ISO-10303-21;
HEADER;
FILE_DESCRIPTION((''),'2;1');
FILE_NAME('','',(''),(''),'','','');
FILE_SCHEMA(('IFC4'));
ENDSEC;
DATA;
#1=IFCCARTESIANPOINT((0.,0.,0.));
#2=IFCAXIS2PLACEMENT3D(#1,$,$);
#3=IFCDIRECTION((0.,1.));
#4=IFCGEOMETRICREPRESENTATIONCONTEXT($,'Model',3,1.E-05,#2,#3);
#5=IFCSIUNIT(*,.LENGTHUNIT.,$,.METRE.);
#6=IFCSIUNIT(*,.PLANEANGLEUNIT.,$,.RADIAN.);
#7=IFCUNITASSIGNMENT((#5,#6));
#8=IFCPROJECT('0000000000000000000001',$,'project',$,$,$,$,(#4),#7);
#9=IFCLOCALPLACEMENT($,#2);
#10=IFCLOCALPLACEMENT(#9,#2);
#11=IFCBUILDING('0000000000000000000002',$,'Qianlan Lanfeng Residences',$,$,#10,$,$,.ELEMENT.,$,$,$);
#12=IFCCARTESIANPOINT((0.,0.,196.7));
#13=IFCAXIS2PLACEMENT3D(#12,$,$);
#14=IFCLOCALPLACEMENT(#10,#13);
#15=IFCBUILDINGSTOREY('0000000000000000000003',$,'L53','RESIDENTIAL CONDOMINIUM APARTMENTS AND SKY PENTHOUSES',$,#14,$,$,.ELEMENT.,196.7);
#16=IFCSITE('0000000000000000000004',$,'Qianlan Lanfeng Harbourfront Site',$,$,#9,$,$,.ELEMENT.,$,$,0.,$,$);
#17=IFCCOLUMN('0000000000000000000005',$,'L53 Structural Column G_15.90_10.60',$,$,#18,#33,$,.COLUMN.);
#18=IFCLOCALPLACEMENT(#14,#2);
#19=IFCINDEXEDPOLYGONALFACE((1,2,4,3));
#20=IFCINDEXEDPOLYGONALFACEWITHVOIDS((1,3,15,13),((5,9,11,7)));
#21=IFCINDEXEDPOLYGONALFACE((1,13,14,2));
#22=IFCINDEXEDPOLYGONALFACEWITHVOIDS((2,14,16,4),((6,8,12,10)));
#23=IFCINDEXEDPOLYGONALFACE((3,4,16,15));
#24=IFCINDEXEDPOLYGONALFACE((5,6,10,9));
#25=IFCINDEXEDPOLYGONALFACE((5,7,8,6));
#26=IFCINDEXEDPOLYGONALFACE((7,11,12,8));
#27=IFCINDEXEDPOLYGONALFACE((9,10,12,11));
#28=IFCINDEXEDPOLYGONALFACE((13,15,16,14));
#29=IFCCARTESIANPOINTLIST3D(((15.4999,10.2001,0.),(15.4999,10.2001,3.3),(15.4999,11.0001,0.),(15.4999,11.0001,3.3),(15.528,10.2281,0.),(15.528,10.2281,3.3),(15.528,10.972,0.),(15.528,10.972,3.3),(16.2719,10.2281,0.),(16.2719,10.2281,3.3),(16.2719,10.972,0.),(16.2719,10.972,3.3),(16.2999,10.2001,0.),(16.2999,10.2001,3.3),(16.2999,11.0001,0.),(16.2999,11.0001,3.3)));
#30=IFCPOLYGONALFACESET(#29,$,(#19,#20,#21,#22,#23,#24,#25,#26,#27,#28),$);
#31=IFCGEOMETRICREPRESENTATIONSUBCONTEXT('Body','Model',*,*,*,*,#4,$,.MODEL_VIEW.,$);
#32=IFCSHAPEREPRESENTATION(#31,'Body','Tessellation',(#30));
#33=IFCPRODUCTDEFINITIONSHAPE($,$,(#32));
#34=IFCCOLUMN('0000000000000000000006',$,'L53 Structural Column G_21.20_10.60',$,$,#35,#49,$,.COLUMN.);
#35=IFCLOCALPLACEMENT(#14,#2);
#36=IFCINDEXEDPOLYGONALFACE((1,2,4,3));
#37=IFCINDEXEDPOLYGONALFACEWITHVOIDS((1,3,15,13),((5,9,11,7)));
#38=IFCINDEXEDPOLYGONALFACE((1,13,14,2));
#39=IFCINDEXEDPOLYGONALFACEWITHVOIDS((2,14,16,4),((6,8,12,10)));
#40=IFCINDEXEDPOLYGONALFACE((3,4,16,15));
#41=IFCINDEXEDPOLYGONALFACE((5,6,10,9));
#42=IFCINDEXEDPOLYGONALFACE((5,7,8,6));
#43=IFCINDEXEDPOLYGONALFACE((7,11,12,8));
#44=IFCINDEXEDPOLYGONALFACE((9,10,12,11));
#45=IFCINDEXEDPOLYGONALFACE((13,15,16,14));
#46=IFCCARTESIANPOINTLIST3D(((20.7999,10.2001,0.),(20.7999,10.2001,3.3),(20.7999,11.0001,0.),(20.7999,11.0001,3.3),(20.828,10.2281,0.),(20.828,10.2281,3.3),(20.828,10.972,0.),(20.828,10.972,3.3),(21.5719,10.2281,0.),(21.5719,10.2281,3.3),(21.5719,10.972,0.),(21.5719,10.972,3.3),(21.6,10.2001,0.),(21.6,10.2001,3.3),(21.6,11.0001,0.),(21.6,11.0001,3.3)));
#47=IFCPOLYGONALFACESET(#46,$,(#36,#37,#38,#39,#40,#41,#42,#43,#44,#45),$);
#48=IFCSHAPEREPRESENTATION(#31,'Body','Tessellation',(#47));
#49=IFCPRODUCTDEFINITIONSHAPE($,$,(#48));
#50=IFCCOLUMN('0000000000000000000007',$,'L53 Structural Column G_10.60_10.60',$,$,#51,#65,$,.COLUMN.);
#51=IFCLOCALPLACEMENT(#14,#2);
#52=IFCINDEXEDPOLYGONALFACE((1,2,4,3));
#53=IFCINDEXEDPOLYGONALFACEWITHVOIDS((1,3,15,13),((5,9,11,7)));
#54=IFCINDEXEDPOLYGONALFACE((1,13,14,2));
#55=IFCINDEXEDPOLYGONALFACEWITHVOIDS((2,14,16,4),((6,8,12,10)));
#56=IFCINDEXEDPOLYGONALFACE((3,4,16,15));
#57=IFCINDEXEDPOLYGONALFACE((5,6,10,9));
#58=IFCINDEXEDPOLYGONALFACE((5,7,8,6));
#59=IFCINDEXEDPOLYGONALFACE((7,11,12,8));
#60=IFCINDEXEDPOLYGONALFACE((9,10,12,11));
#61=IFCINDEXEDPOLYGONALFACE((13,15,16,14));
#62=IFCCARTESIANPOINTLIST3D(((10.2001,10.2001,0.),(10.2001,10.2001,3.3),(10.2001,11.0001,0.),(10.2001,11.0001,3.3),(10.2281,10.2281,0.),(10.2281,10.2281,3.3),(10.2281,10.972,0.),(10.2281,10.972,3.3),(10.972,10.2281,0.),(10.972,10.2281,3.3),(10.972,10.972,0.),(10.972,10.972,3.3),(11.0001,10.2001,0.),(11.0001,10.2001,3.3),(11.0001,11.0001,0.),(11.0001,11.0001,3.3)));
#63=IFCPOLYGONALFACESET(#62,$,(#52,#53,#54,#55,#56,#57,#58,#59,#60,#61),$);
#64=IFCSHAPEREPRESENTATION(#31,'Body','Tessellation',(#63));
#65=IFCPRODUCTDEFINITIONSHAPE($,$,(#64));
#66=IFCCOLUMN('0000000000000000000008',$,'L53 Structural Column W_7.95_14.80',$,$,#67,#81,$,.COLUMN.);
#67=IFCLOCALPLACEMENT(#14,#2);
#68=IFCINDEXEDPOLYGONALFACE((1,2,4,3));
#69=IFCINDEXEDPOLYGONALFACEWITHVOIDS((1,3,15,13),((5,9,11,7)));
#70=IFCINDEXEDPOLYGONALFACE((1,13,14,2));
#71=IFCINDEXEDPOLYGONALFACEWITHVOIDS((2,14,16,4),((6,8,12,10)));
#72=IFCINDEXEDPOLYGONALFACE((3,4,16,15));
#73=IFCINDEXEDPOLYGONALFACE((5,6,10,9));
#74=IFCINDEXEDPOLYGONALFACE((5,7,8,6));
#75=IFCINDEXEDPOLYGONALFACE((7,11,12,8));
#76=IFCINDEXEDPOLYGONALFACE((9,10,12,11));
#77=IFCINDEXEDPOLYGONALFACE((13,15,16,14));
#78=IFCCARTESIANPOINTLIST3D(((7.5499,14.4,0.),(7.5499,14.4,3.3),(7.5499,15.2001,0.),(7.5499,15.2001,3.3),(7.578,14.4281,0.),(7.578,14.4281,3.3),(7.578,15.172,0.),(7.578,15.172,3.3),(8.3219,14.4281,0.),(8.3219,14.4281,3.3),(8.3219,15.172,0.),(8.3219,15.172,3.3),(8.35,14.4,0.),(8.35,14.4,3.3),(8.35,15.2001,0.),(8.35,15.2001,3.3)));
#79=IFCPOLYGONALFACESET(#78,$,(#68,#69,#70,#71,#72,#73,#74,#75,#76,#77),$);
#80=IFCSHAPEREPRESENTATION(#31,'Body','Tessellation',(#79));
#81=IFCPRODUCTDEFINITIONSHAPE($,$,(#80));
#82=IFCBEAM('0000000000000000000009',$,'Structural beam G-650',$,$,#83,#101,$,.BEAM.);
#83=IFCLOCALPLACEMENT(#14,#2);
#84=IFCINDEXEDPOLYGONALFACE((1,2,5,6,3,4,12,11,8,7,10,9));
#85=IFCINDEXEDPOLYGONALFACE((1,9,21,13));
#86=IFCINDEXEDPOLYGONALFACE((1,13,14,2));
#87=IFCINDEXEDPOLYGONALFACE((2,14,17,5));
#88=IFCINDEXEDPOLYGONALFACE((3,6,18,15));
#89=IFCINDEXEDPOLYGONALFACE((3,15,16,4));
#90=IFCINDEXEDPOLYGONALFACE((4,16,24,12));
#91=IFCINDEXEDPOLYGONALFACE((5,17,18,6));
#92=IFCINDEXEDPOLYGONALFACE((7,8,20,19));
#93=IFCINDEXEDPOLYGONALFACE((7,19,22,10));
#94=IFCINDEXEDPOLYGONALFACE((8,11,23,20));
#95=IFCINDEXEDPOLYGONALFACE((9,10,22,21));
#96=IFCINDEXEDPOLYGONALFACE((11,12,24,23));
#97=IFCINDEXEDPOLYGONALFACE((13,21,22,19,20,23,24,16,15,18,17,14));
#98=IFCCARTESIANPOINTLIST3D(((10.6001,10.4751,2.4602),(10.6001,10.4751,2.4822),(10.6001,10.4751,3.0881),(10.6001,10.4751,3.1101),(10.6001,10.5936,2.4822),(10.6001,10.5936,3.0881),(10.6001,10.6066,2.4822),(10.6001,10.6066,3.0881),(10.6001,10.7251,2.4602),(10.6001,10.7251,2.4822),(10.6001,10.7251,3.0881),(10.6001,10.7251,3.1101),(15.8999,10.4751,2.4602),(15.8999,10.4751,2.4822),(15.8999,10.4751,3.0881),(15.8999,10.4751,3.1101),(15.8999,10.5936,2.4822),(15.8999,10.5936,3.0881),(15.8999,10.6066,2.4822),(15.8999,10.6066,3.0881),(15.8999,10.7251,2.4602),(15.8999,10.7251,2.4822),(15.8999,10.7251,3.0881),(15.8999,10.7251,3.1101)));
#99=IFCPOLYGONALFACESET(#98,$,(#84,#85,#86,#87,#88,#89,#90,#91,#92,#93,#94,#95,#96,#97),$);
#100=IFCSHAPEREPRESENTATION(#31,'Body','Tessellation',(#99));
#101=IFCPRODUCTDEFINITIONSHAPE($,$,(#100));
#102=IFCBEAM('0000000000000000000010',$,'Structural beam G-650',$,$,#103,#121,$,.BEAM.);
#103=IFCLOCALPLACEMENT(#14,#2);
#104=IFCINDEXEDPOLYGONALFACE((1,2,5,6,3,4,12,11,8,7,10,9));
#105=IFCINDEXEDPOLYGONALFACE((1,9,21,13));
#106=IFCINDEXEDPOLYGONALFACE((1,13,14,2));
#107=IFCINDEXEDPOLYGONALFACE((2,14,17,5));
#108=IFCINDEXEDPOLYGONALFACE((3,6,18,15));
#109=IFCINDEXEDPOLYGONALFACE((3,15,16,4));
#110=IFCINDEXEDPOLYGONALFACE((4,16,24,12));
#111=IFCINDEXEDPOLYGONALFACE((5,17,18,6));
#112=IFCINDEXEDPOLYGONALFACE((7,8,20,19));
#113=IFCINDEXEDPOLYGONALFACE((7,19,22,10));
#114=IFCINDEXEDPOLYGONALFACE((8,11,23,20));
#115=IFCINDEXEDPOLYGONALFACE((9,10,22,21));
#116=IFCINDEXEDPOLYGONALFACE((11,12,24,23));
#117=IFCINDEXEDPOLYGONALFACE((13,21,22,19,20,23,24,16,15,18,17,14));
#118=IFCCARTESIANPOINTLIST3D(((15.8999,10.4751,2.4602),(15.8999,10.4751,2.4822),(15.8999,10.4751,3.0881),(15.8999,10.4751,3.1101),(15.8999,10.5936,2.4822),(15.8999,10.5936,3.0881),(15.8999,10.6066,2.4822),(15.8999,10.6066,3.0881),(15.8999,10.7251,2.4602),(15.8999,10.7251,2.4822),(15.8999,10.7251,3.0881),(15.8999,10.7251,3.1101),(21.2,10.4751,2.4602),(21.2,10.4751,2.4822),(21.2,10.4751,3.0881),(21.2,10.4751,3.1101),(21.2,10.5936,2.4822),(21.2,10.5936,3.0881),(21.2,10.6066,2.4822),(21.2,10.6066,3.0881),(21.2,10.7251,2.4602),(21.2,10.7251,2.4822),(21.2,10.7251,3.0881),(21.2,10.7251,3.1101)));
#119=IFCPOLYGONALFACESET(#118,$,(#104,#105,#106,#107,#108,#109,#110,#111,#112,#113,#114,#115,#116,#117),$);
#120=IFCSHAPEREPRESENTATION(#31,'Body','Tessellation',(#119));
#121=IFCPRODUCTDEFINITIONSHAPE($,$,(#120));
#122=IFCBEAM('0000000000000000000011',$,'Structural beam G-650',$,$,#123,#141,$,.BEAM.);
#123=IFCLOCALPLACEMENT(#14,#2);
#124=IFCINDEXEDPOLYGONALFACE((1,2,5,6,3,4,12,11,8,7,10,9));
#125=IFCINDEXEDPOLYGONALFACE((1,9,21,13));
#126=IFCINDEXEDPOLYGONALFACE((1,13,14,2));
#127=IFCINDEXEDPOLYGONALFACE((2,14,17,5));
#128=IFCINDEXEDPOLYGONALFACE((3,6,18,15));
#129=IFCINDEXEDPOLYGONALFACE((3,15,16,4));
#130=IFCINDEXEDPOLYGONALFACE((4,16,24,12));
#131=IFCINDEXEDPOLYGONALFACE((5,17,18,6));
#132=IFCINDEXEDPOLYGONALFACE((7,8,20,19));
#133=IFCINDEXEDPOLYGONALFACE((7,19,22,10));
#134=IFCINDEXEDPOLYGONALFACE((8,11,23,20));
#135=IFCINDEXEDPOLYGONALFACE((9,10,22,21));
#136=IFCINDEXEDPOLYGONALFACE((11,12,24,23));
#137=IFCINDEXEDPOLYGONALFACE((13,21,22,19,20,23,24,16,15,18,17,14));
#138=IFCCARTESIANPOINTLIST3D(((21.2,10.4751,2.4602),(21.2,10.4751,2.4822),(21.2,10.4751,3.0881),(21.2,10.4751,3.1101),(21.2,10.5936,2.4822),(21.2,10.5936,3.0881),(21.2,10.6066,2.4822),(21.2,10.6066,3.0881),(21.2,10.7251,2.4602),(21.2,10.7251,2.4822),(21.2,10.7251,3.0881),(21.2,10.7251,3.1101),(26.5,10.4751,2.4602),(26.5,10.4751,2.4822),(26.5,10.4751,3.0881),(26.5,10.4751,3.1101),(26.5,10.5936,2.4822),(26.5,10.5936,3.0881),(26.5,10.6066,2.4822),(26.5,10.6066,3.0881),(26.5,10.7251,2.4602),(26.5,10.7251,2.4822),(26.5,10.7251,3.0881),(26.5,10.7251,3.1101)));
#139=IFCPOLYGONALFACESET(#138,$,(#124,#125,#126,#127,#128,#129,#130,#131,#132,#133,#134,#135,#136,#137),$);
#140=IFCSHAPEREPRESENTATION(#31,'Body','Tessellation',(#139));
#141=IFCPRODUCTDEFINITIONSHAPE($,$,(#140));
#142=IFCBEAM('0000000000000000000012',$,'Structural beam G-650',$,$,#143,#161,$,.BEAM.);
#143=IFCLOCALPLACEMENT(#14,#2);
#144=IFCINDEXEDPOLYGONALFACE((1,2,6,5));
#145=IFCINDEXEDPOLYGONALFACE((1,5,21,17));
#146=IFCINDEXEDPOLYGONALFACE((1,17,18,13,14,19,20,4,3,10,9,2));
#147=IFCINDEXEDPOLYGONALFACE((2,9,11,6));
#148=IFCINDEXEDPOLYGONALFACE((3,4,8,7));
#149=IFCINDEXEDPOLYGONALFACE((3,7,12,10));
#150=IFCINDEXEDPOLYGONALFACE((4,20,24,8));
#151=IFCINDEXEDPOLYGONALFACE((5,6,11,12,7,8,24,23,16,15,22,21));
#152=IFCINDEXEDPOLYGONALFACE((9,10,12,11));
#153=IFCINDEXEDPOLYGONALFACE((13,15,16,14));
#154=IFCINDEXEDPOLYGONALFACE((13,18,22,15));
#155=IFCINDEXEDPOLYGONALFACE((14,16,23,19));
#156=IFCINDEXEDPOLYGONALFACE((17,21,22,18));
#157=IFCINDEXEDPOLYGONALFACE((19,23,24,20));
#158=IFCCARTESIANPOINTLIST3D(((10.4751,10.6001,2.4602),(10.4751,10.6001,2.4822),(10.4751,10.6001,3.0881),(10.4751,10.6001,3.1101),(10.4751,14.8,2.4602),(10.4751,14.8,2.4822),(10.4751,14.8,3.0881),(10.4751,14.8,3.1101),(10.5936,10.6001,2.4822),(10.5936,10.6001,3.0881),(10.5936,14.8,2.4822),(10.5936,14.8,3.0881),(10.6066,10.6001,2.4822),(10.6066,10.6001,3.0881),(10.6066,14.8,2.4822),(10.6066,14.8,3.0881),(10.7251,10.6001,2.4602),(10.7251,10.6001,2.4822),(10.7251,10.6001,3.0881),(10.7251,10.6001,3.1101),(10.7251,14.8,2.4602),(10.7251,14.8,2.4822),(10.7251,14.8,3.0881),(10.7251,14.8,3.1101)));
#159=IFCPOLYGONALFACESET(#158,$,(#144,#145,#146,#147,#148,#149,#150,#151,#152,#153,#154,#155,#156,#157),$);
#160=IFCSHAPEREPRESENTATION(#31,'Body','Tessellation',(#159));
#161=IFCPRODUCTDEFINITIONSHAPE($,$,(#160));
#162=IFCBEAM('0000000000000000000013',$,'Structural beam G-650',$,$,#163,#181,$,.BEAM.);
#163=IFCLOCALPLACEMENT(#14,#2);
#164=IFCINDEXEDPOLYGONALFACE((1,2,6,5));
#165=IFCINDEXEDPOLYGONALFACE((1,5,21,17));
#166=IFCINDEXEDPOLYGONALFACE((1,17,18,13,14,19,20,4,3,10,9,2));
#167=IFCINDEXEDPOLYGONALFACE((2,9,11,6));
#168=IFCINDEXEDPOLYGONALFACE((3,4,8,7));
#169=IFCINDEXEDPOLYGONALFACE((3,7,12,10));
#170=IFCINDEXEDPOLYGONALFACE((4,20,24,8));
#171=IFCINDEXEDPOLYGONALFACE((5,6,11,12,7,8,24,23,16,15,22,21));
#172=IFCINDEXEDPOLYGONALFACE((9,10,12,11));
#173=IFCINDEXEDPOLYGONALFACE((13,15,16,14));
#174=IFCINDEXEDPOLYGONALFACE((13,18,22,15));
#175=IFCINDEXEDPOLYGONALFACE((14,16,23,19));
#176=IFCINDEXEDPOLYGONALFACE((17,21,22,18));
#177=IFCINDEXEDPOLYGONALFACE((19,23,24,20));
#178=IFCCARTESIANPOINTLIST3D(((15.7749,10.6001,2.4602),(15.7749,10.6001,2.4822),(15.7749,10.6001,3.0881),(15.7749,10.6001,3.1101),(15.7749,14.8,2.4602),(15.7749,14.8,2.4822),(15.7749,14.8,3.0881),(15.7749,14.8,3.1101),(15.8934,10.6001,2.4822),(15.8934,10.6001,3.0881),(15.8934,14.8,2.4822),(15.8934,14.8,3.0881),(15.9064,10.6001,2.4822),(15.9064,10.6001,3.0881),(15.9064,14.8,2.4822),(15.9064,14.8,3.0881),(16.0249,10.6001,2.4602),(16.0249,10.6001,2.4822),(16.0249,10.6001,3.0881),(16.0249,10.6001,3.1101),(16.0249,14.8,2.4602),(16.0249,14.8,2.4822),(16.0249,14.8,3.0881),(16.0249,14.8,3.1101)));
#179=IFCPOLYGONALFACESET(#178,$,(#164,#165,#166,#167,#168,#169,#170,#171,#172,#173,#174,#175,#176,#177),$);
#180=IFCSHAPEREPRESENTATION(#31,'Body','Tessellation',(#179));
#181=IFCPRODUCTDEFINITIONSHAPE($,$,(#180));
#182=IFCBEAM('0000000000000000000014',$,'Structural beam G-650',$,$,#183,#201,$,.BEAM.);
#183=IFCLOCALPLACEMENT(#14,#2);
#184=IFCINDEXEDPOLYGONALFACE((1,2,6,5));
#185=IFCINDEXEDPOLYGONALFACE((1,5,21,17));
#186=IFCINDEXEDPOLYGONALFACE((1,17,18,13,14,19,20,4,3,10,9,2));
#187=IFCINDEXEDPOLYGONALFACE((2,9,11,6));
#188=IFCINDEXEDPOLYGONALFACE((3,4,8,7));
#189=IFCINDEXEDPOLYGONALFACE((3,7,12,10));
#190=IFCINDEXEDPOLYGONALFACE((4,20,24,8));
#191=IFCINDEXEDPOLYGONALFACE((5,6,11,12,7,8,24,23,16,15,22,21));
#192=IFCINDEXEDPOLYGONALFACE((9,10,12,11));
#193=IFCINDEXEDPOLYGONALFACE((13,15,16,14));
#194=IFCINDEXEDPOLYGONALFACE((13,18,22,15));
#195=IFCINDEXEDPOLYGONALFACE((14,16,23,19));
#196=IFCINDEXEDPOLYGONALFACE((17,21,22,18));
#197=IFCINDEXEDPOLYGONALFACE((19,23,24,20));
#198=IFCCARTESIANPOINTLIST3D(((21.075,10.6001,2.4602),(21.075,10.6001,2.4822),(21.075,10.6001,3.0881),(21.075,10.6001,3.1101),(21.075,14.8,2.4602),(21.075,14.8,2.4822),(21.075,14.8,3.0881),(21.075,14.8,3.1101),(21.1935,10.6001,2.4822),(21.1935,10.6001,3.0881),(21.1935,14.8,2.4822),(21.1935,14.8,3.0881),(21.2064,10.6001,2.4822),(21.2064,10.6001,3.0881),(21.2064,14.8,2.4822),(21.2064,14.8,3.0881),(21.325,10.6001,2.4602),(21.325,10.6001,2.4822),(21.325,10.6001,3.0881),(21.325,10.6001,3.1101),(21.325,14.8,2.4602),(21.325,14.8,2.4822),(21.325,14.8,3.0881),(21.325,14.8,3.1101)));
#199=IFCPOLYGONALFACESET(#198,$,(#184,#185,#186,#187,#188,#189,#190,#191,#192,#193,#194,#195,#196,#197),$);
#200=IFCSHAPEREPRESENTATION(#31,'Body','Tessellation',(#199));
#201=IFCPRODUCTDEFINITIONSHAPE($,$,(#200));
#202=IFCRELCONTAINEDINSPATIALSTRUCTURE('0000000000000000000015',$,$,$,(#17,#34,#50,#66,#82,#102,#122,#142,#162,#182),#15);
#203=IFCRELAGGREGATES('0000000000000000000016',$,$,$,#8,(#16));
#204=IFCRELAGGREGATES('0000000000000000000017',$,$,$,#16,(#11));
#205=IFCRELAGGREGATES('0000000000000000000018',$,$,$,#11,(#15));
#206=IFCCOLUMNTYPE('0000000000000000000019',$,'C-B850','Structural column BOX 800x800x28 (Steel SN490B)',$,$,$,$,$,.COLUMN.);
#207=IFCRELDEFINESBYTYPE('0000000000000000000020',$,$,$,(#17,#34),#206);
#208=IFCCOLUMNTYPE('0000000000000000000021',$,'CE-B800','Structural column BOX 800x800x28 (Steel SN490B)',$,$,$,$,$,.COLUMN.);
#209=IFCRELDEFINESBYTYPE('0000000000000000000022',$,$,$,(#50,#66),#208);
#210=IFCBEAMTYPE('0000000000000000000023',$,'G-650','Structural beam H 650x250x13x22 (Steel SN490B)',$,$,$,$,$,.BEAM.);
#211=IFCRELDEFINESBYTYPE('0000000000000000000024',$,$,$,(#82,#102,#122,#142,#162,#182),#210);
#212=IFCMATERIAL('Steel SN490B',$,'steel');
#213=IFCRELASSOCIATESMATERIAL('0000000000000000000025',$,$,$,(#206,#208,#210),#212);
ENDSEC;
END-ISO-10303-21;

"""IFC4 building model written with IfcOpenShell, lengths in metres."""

from ifc_helpers import new_model, si_unit, direction, frame, origin, origin_2d, place, context, subcontext, project, spatial, hollow_rectangle, i_section, extrude, material, material_profile, profile_set, type_object, element, save


model = new_model("IFC4")

# Units and contexts
model_context = context("Model", 3, precision=1e-05, world=origin(), true_north=direction((0.0, 1.0)))
body_context = subcontext(model_context, "Body", "Model", "MODEL_VIEW")
ifc_project = project(units=[si_unit("LENGTHUNIT", "METRE"), si_unit("PLANEANGLEUNIT", "RADIAN")], contexts=[model_context])

# Site, building, storey
site_placement = place(None, origin())
site = spatial("IfcSite", under=ifc_project, at=site_placement, Name="Qianlan Lanfeng Harbourfront Site", CompositionType="ELEMENT", RefElevation=0.0)
building_placement = place(site_placement, origin())
building = spatial("IfcBuilding", under=site, at=building_placement, Name="Qianlan Lanfeng Residences", CompositionType="ELEMENT")
storey_placement = place(building_placement, frame((0.0, 0.0, 196.7)))
storey = spatial("IfcBuildingStorey", under=building, at=storey_placement, Name="L53", Description="RESIDENTIAL CONDOMINIUM APARTMENTS AND SKY PENTHOUSES", CompositionType="ELEMENT", Elevation=196.7)

# Columns
ifc_material_1 = material(Name="Steel SN490B", Category="steel")
ifc_material_profile_1 = material_profile(ifc_material_1, hollow_rectangle(XDim=0.8, YDim=0.8, WallThickness=0.0281, at=origin_2d()), Name="BOX 800x800x28")
ifc_profile_set_1 = profile_set([ifc_material_profile_1], Name="Steel SN490B")
column_type_1 = type_object("IfcColumnType", Name="C-B850", Description="Structural column BOX 800x800x28 (Steel SN490B)", PredefinedType="COLUMN", material=ifc_profile_set_1)
for number, where, z_axis, x_axis, name in (
    (1, (15.8999, 10.6001, 0.0), (0.0, 0.0, 1.0), (1.0, 0.0, 0.0), "L53 Structural Column G_15.90_10.60"),
    (2, (21.2, 10.6001, 0.0), (0.0, 0.0, 1.0), (1.0, 0.0, 0.0), "L53 Structural Column G_21.20_10.60"),
):
    element("IfcColumn", number, at=place(storey_placement, frame(where, z_axis=z_axis, x_axis=x_axis)), inside=storey, type_object=column_type_1, Name=name, PredefinedType="COLUMN", context=body_context, shape_type="SweptSolid", body=[
        extrude(hollow_rectangle(XDim=0.8, YDim=0.8, WallThickness=0.0281, at=origin_2d()), origin(), (0.0, 0.0, 1.0), 3.3),
    ])
ifc_material_profile_2 = material_profile(ifc_material_1, hollow_rectangle(XDim=0.8, YDim=0.8, WallThickness=0.0281, at=origin_2d()), Name="BOX 800x800x28")
ifc_profile_set_2 = profile_set([ifc_material_profile_2], Name="Steel SN490B")
column_type_2 = type_object("IfcColumnType", Name="CE-B800", Description="Structural column BOX 800x800x28 (Steel SN490B)", PredefinedType="COLUMN", material=ifc_profile_set_2)
for number, where, z_axis, x_axis, name in (
    (3, (10.6001, 10.6001, 0.0), (0.0, 0.0, 1.0), (1.0, 0.0, 0.0), "L53 Structural Column G_10.60_10.60"),
    (4, (7.95, 14.8, 0.0), (0.0, 0.0, 1.0), (1.0, 0.0, 0.0), "L53 Structural Column W_7.95_14.80"),
):
    element("IfcColumn", number, at=place(storey_placement, frame(where, z_axis=z_axis, x_axis=x_axis)), inside=storey, type_object=column_type_2, Name=name, PredefinedType="COLUMN", context=body_context, shape_type="SweptSolid", body=[
        extrude(hollow_rectangle(XDim=0.8, YDim=0.8, WallThickness=0.0281, at=origin_2d()), origin(), (0.0, 0.0, 1.0), 3.3),
    ])

# Beams
ifc_material_profile_3 = material_profile(ifc_material_1, i_section(OverallWidth=0.25, OverallDepth=0.6499, WebThickness=0.0129, FlangeThickness=0.022, at=origin_2d()), Name="H 650x250x13x22")
ifc_profile_set_3 = profile_set([ifc_material_profile_3], Name="Steel SN490B")
beam_type_1 = type_object("IfcBeamType", Name="G-650", Description="Structural beam H 650x250x13x22 (Steel SN490B)", PredefinedType="BEAM", material=ifc_profile_set_3)
beam_1_placement = place(storey_placement, frame((10.6001, 10.6001, 2.7852), z_axis=(1.0, 0.0, 0.0), x_axis=(0.0, 1.0, 0.0)))
element("IfcBeam", 5, at=beam_1_placement, inside=storey, type_object=beam_type_1, Name="Structural beam G-650", PredefinedType="BEAM", context=body_context, shape_type="SweptSolid", body=[
    extrude(i_section(OverallWidth=0.25, OverallDepth=0.6499, WebThickness=0.0129, FlangeThickness=0.022, at=origin_2d()), origin(), (0.0, 0.0, 1.0), 5.2998),
])
for number, where, z_axis, x_axis, name in (
    (6, (15.8999, 10.6001, 2.7852), (1.0, 0.0, 0.0), (0.0, 1.0, 0.0), "Structural beam G-650"),
    (7, (21.2, 10.6001, 2.7852), (1.0, 0.0, 0.0), (0.0, 1.0, 0.0), "Structural beam G-650"),
):
    element("IfcBeam", number, at=place(storey_placement, frame(where, z_axis=z_axis, x_axis=x_axis)), inside=storey, type_object=beam_type_1, Name=name, PredefinedType="BEAM", context=body_context, shape_type="SweptSolid", body=[
        extrude(i_section(OverallWidth=0.25, OverallDepth=0.6499, WebThickness=0.0129, FlangeThickness=0.022, at=origin_2d()), origin(), (0.0, 0.0, 1.0), 5.3),
    ])
for number, where, z_axis, x_axis, name in (
    (8, (10.6001, 10.6001, 2.7852), (0.0, 1.0, 0.0), (-1.0, 0.0, 0.0), "Structural beam G-650"),
    (9, (15.8999, 10.6001, 2.7852), (0.0, 1.0, 0.0), (-1.0, 0.0, 0.0), "Structural beam G-650"),
    (10, (21.2, 10.6001, 2.7852), (0.0, 1.0, 0.0), (-1.0, 0.0, 0.0), "Structural beam G-650"),
):
    element("IfcBeam", number, at=place(storey_placement, frame(where, z_axis=z_axis, x_axis=x_axis)), inside=storey, type_object=beam_type_1, Name=name, PredefinedType="BEAM", context=body_context, shape_type="SweptSolid", body=[
        extrude(i_section(OverallWidth=0.25, OverallDepth=0.6499, WebThickness=0.0129, FlangeThickness=0.022, at=origin_2d()), origin(), (0.0, 0.0, 1.0), 4.2),
    ])

save(model, "model.ifc")
